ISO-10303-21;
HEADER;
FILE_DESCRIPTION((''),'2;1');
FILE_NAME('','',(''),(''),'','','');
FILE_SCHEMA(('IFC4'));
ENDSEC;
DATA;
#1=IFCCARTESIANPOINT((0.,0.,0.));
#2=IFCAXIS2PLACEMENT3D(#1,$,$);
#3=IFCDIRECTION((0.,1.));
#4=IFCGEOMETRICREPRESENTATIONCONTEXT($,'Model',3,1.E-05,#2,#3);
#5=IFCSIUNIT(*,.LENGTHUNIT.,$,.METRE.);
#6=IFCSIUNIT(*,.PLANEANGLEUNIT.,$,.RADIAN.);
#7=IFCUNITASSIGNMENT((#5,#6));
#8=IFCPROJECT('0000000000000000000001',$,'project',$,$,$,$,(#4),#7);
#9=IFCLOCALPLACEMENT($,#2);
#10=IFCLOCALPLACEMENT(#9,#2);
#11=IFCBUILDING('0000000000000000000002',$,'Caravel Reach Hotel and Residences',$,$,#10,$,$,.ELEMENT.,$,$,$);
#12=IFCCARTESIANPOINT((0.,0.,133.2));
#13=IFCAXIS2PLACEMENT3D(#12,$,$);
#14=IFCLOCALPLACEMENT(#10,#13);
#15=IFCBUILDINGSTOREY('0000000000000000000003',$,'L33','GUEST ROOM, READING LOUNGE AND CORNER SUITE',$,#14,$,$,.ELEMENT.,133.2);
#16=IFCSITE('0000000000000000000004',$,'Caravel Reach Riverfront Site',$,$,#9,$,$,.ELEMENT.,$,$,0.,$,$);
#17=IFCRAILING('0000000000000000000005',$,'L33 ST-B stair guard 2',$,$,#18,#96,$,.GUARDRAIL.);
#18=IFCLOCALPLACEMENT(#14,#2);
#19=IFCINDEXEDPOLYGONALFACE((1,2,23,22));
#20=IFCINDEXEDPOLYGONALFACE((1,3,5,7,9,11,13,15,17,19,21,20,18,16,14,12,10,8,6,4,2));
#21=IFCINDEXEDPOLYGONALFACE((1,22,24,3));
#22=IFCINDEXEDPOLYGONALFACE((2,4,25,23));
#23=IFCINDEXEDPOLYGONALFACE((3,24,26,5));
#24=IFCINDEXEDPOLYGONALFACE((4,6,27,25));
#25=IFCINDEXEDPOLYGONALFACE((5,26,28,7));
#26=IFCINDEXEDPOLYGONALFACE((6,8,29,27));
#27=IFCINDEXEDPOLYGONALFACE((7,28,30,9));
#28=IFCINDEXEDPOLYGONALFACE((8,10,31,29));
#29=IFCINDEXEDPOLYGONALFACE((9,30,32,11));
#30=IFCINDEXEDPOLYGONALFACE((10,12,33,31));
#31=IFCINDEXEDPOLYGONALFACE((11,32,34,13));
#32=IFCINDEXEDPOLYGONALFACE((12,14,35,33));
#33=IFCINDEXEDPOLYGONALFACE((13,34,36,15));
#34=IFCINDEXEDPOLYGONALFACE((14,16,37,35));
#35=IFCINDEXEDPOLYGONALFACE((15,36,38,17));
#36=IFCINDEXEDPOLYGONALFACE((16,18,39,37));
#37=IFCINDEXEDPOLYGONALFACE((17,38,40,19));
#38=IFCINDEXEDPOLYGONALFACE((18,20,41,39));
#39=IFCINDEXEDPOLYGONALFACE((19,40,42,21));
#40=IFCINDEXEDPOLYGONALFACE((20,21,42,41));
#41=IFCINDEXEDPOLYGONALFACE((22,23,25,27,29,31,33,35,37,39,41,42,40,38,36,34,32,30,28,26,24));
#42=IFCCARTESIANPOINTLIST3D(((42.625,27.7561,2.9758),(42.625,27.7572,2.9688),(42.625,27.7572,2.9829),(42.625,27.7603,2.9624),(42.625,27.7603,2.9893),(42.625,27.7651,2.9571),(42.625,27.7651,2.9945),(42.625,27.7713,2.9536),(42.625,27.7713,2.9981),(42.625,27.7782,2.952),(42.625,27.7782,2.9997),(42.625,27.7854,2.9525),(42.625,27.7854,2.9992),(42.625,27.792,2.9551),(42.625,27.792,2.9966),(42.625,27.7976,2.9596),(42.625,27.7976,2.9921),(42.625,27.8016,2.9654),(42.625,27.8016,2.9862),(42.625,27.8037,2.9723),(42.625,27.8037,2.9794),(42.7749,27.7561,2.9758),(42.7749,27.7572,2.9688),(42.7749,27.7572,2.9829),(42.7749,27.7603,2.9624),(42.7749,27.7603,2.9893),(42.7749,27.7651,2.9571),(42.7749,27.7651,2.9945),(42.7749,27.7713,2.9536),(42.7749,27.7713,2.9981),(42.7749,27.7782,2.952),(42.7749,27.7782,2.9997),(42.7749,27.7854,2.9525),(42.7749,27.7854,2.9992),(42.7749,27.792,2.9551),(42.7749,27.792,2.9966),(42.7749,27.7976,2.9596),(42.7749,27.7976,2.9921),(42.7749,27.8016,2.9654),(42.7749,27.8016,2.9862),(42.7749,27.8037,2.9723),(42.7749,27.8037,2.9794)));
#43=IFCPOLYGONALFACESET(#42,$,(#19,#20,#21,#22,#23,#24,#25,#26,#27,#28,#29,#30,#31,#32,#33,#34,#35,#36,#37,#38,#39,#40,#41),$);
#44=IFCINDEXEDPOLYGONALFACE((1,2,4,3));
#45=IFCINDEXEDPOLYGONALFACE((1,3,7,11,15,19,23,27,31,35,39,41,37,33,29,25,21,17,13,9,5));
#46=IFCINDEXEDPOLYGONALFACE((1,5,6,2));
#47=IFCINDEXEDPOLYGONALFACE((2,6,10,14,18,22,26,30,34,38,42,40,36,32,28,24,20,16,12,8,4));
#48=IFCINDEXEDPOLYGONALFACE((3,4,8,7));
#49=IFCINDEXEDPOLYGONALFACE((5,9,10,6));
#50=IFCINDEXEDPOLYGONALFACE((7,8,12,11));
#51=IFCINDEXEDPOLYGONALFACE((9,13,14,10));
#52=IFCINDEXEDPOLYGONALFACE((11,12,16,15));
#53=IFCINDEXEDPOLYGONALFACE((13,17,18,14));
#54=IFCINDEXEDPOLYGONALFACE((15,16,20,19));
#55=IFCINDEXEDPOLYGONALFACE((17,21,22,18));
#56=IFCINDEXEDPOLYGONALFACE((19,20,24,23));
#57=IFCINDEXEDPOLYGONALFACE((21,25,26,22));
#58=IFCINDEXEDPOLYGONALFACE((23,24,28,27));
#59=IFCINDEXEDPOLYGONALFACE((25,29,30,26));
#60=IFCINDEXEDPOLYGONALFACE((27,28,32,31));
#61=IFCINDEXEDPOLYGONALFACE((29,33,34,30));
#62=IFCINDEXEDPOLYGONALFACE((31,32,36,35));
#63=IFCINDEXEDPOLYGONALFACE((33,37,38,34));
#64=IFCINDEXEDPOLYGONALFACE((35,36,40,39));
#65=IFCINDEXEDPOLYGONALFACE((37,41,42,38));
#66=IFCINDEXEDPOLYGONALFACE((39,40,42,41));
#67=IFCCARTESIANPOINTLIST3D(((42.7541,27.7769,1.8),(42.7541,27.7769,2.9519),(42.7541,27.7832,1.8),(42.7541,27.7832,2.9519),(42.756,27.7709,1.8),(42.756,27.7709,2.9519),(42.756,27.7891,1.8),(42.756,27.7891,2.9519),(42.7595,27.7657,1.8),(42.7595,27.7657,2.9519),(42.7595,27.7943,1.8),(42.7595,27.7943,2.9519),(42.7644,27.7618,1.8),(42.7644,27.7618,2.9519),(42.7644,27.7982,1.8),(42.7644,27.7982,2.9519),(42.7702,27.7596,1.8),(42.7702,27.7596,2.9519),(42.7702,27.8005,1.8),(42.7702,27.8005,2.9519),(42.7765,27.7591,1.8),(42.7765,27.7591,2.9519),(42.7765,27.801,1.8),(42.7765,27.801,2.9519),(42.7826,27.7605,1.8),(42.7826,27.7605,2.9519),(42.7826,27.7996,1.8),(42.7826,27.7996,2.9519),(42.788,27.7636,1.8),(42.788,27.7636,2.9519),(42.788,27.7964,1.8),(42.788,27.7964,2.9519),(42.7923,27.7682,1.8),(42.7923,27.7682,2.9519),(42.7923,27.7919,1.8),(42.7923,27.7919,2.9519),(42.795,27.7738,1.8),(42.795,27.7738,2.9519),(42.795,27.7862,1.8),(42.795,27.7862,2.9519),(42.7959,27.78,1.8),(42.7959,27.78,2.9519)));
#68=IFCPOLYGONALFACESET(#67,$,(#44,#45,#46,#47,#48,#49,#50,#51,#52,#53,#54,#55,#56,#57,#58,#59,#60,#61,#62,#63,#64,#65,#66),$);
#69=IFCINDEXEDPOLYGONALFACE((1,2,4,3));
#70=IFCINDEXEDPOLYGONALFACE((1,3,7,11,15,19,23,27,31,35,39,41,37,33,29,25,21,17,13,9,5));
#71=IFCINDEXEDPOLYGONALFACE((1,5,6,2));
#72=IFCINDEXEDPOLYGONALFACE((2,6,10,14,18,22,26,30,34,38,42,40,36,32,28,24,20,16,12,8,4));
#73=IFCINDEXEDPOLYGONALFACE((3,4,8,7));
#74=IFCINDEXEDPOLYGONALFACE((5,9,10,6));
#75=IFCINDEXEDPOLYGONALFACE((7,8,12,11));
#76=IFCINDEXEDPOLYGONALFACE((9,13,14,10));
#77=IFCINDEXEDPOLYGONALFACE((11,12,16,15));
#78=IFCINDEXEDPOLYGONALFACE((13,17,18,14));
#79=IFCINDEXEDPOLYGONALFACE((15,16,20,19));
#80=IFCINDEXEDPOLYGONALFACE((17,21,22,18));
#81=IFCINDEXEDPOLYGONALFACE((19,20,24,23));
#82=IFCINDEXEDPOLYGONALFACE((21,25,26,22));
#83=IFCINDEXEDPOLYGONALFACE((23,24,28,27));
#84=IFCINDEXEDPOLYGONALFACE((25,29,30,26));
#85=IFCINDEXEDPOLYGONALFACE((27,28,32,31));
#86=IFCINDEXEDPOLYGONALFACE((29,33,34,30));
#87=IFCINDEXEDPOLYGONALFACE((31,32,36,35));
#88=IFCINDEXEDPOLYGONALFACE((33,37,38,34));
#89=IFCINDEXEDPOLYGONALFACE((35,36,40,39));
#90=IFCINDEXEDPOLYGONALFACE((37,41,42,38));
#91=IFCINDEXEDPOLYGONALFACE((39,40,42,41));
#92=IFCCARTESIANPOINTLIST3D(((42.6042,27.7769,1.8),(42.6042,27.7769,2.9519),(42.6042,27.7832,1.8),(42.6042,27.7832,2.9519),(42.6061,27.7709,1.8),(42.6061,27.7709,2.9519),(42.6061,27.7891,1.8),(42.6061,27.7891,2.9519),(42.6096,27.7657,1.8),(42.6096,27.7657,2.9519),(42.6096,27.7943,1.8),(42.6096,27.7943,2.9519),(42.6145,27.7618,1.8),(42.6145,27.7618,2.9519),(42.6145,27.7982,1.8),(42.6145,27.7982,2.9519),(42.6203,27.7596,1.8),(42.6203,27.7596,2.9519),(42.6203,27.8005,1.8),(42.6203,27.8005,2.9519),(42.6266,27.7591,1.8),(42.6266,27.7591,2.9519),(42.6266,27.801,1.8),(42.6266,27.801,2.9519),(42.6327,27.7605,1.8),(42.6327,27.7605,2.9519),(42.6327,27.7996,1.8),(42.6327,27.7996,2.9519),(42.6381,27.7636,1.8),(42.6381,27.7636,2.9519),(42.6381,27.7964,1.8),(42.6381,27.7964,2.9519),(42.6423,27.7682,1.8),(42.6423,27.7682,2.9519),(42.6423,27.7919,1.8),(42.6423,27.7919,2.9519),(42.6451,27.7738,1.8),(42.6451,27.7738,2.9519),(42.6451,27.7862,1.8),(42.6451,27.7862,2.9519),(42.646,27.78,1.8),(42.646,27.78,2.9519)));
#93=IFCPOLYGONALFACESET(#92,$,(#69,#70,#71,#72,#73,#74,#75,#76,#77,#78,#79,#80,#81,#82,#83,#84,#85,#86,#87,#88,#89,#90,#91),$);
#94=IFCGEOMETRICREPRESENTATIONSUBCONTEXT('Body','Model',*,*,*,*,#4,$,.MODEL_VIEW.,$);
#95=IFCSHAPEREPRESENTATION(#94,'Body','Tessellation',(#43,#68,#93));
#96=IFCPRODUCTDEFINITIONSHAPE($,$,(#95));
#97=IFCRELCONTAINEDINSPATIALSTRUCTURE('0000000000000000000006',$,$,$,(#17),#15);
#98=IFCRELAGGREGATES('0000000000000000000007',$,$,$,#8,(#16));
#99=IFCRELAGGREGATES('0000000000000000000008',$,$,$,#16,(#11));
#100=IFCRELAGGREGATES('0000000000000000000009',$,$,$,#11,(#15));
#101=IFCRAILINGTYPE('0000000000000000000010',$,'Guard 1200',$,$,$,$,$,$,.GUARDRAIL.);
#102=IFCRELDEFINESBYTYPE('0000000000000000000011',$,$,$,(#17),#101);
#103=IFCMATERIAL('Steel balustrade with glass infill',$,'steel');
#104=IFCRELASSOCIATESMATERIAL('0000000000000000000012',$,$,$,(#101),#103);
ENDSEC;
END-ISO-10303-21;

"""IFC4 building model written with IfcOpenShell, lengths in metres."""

from ifc_helpers import new_model, si_unit, direction, frame, origin, origin_2d, place, context, subcontext, project, spatial, circle, extrude, material, type_object, element, save


model = new_model("IFC4")

# Units and contexts
model_context = context("Model", 3, precision=1e-05, world=origin(), true_north=direction((0.0, 1.0)))
body_context = subcontext(model_context, "Body", "Model", "MODEL_VIEW")
ifc_project = project(units=[si_unit("LENGTHUNIT", "METRE"), si_unit("PLANEANGLEUNIT", "RADIAN")], contexts=[model_context])

# Site, building, storey
site_placement = place(None, origin())
site = spatial("IfcSite", under=ifc_project, at=site_placement, Name="Caravel Reach Riverfront Site", CompositionType="ELEMENT", RefElevation=0.0)
building_placement = place(site_placement, origin())
building = spatial("IfcBuilding", under=site, at=building_placement, Name="Caravel Reach Hotel and Residences", CompositionType="ELEMENT")
storey_placement = place(building_placement, frame((0.0, 0.0, 133.2)))
storey = spatial("IfcBuildingStorey", under=building, at=storey_placement, Name="L33", Description="GUEST ROOM, READING LOUNGE AND CORNER SUITE", CompositionType="ELEMENT", Elevation=133.2)

# Railing
ifc_material_1 = material(Name="Steel balustrade with glass infill", Category="steel")
railing_type = type_object("IfcRailingType", Name="Guard 1200", PredefinedType="GUARDRAIL", material=ifc_material_1)
railing_placement = place(storey_placement, frame((42.7749, 27.78, 1.8)))
element("IfcRailing", 1, at=railing_placement, inside=storey, type_object=railing_type, Name="L33 ST-B stair guard 2", PredefinedType="GUARDRAIL", context=body_context, shape_type="SweptSolid", body=[
    extrude(circle(Radius=0.0239, at=origin_2d()), frame((0.0, 0.0, 1.1758), z_axis=(-1.0, 0.0, 0.0), x_axis=(0.0, -1.0, 0.0)), (0.0, 0.0, 1.0), 0.1499),
    extrude(circle(Radius=0.021, at=origin_2d()), origin(), (0.0, 0.0, 1.0), 1.1519),
    extrude(circle(Radius=0.021, at=origin_2d()), frame((-0.1499, 0.0, 0.0)), (0.0, 0.0, 1.0), 1.1519),
])

save(model, "model.ifc")
